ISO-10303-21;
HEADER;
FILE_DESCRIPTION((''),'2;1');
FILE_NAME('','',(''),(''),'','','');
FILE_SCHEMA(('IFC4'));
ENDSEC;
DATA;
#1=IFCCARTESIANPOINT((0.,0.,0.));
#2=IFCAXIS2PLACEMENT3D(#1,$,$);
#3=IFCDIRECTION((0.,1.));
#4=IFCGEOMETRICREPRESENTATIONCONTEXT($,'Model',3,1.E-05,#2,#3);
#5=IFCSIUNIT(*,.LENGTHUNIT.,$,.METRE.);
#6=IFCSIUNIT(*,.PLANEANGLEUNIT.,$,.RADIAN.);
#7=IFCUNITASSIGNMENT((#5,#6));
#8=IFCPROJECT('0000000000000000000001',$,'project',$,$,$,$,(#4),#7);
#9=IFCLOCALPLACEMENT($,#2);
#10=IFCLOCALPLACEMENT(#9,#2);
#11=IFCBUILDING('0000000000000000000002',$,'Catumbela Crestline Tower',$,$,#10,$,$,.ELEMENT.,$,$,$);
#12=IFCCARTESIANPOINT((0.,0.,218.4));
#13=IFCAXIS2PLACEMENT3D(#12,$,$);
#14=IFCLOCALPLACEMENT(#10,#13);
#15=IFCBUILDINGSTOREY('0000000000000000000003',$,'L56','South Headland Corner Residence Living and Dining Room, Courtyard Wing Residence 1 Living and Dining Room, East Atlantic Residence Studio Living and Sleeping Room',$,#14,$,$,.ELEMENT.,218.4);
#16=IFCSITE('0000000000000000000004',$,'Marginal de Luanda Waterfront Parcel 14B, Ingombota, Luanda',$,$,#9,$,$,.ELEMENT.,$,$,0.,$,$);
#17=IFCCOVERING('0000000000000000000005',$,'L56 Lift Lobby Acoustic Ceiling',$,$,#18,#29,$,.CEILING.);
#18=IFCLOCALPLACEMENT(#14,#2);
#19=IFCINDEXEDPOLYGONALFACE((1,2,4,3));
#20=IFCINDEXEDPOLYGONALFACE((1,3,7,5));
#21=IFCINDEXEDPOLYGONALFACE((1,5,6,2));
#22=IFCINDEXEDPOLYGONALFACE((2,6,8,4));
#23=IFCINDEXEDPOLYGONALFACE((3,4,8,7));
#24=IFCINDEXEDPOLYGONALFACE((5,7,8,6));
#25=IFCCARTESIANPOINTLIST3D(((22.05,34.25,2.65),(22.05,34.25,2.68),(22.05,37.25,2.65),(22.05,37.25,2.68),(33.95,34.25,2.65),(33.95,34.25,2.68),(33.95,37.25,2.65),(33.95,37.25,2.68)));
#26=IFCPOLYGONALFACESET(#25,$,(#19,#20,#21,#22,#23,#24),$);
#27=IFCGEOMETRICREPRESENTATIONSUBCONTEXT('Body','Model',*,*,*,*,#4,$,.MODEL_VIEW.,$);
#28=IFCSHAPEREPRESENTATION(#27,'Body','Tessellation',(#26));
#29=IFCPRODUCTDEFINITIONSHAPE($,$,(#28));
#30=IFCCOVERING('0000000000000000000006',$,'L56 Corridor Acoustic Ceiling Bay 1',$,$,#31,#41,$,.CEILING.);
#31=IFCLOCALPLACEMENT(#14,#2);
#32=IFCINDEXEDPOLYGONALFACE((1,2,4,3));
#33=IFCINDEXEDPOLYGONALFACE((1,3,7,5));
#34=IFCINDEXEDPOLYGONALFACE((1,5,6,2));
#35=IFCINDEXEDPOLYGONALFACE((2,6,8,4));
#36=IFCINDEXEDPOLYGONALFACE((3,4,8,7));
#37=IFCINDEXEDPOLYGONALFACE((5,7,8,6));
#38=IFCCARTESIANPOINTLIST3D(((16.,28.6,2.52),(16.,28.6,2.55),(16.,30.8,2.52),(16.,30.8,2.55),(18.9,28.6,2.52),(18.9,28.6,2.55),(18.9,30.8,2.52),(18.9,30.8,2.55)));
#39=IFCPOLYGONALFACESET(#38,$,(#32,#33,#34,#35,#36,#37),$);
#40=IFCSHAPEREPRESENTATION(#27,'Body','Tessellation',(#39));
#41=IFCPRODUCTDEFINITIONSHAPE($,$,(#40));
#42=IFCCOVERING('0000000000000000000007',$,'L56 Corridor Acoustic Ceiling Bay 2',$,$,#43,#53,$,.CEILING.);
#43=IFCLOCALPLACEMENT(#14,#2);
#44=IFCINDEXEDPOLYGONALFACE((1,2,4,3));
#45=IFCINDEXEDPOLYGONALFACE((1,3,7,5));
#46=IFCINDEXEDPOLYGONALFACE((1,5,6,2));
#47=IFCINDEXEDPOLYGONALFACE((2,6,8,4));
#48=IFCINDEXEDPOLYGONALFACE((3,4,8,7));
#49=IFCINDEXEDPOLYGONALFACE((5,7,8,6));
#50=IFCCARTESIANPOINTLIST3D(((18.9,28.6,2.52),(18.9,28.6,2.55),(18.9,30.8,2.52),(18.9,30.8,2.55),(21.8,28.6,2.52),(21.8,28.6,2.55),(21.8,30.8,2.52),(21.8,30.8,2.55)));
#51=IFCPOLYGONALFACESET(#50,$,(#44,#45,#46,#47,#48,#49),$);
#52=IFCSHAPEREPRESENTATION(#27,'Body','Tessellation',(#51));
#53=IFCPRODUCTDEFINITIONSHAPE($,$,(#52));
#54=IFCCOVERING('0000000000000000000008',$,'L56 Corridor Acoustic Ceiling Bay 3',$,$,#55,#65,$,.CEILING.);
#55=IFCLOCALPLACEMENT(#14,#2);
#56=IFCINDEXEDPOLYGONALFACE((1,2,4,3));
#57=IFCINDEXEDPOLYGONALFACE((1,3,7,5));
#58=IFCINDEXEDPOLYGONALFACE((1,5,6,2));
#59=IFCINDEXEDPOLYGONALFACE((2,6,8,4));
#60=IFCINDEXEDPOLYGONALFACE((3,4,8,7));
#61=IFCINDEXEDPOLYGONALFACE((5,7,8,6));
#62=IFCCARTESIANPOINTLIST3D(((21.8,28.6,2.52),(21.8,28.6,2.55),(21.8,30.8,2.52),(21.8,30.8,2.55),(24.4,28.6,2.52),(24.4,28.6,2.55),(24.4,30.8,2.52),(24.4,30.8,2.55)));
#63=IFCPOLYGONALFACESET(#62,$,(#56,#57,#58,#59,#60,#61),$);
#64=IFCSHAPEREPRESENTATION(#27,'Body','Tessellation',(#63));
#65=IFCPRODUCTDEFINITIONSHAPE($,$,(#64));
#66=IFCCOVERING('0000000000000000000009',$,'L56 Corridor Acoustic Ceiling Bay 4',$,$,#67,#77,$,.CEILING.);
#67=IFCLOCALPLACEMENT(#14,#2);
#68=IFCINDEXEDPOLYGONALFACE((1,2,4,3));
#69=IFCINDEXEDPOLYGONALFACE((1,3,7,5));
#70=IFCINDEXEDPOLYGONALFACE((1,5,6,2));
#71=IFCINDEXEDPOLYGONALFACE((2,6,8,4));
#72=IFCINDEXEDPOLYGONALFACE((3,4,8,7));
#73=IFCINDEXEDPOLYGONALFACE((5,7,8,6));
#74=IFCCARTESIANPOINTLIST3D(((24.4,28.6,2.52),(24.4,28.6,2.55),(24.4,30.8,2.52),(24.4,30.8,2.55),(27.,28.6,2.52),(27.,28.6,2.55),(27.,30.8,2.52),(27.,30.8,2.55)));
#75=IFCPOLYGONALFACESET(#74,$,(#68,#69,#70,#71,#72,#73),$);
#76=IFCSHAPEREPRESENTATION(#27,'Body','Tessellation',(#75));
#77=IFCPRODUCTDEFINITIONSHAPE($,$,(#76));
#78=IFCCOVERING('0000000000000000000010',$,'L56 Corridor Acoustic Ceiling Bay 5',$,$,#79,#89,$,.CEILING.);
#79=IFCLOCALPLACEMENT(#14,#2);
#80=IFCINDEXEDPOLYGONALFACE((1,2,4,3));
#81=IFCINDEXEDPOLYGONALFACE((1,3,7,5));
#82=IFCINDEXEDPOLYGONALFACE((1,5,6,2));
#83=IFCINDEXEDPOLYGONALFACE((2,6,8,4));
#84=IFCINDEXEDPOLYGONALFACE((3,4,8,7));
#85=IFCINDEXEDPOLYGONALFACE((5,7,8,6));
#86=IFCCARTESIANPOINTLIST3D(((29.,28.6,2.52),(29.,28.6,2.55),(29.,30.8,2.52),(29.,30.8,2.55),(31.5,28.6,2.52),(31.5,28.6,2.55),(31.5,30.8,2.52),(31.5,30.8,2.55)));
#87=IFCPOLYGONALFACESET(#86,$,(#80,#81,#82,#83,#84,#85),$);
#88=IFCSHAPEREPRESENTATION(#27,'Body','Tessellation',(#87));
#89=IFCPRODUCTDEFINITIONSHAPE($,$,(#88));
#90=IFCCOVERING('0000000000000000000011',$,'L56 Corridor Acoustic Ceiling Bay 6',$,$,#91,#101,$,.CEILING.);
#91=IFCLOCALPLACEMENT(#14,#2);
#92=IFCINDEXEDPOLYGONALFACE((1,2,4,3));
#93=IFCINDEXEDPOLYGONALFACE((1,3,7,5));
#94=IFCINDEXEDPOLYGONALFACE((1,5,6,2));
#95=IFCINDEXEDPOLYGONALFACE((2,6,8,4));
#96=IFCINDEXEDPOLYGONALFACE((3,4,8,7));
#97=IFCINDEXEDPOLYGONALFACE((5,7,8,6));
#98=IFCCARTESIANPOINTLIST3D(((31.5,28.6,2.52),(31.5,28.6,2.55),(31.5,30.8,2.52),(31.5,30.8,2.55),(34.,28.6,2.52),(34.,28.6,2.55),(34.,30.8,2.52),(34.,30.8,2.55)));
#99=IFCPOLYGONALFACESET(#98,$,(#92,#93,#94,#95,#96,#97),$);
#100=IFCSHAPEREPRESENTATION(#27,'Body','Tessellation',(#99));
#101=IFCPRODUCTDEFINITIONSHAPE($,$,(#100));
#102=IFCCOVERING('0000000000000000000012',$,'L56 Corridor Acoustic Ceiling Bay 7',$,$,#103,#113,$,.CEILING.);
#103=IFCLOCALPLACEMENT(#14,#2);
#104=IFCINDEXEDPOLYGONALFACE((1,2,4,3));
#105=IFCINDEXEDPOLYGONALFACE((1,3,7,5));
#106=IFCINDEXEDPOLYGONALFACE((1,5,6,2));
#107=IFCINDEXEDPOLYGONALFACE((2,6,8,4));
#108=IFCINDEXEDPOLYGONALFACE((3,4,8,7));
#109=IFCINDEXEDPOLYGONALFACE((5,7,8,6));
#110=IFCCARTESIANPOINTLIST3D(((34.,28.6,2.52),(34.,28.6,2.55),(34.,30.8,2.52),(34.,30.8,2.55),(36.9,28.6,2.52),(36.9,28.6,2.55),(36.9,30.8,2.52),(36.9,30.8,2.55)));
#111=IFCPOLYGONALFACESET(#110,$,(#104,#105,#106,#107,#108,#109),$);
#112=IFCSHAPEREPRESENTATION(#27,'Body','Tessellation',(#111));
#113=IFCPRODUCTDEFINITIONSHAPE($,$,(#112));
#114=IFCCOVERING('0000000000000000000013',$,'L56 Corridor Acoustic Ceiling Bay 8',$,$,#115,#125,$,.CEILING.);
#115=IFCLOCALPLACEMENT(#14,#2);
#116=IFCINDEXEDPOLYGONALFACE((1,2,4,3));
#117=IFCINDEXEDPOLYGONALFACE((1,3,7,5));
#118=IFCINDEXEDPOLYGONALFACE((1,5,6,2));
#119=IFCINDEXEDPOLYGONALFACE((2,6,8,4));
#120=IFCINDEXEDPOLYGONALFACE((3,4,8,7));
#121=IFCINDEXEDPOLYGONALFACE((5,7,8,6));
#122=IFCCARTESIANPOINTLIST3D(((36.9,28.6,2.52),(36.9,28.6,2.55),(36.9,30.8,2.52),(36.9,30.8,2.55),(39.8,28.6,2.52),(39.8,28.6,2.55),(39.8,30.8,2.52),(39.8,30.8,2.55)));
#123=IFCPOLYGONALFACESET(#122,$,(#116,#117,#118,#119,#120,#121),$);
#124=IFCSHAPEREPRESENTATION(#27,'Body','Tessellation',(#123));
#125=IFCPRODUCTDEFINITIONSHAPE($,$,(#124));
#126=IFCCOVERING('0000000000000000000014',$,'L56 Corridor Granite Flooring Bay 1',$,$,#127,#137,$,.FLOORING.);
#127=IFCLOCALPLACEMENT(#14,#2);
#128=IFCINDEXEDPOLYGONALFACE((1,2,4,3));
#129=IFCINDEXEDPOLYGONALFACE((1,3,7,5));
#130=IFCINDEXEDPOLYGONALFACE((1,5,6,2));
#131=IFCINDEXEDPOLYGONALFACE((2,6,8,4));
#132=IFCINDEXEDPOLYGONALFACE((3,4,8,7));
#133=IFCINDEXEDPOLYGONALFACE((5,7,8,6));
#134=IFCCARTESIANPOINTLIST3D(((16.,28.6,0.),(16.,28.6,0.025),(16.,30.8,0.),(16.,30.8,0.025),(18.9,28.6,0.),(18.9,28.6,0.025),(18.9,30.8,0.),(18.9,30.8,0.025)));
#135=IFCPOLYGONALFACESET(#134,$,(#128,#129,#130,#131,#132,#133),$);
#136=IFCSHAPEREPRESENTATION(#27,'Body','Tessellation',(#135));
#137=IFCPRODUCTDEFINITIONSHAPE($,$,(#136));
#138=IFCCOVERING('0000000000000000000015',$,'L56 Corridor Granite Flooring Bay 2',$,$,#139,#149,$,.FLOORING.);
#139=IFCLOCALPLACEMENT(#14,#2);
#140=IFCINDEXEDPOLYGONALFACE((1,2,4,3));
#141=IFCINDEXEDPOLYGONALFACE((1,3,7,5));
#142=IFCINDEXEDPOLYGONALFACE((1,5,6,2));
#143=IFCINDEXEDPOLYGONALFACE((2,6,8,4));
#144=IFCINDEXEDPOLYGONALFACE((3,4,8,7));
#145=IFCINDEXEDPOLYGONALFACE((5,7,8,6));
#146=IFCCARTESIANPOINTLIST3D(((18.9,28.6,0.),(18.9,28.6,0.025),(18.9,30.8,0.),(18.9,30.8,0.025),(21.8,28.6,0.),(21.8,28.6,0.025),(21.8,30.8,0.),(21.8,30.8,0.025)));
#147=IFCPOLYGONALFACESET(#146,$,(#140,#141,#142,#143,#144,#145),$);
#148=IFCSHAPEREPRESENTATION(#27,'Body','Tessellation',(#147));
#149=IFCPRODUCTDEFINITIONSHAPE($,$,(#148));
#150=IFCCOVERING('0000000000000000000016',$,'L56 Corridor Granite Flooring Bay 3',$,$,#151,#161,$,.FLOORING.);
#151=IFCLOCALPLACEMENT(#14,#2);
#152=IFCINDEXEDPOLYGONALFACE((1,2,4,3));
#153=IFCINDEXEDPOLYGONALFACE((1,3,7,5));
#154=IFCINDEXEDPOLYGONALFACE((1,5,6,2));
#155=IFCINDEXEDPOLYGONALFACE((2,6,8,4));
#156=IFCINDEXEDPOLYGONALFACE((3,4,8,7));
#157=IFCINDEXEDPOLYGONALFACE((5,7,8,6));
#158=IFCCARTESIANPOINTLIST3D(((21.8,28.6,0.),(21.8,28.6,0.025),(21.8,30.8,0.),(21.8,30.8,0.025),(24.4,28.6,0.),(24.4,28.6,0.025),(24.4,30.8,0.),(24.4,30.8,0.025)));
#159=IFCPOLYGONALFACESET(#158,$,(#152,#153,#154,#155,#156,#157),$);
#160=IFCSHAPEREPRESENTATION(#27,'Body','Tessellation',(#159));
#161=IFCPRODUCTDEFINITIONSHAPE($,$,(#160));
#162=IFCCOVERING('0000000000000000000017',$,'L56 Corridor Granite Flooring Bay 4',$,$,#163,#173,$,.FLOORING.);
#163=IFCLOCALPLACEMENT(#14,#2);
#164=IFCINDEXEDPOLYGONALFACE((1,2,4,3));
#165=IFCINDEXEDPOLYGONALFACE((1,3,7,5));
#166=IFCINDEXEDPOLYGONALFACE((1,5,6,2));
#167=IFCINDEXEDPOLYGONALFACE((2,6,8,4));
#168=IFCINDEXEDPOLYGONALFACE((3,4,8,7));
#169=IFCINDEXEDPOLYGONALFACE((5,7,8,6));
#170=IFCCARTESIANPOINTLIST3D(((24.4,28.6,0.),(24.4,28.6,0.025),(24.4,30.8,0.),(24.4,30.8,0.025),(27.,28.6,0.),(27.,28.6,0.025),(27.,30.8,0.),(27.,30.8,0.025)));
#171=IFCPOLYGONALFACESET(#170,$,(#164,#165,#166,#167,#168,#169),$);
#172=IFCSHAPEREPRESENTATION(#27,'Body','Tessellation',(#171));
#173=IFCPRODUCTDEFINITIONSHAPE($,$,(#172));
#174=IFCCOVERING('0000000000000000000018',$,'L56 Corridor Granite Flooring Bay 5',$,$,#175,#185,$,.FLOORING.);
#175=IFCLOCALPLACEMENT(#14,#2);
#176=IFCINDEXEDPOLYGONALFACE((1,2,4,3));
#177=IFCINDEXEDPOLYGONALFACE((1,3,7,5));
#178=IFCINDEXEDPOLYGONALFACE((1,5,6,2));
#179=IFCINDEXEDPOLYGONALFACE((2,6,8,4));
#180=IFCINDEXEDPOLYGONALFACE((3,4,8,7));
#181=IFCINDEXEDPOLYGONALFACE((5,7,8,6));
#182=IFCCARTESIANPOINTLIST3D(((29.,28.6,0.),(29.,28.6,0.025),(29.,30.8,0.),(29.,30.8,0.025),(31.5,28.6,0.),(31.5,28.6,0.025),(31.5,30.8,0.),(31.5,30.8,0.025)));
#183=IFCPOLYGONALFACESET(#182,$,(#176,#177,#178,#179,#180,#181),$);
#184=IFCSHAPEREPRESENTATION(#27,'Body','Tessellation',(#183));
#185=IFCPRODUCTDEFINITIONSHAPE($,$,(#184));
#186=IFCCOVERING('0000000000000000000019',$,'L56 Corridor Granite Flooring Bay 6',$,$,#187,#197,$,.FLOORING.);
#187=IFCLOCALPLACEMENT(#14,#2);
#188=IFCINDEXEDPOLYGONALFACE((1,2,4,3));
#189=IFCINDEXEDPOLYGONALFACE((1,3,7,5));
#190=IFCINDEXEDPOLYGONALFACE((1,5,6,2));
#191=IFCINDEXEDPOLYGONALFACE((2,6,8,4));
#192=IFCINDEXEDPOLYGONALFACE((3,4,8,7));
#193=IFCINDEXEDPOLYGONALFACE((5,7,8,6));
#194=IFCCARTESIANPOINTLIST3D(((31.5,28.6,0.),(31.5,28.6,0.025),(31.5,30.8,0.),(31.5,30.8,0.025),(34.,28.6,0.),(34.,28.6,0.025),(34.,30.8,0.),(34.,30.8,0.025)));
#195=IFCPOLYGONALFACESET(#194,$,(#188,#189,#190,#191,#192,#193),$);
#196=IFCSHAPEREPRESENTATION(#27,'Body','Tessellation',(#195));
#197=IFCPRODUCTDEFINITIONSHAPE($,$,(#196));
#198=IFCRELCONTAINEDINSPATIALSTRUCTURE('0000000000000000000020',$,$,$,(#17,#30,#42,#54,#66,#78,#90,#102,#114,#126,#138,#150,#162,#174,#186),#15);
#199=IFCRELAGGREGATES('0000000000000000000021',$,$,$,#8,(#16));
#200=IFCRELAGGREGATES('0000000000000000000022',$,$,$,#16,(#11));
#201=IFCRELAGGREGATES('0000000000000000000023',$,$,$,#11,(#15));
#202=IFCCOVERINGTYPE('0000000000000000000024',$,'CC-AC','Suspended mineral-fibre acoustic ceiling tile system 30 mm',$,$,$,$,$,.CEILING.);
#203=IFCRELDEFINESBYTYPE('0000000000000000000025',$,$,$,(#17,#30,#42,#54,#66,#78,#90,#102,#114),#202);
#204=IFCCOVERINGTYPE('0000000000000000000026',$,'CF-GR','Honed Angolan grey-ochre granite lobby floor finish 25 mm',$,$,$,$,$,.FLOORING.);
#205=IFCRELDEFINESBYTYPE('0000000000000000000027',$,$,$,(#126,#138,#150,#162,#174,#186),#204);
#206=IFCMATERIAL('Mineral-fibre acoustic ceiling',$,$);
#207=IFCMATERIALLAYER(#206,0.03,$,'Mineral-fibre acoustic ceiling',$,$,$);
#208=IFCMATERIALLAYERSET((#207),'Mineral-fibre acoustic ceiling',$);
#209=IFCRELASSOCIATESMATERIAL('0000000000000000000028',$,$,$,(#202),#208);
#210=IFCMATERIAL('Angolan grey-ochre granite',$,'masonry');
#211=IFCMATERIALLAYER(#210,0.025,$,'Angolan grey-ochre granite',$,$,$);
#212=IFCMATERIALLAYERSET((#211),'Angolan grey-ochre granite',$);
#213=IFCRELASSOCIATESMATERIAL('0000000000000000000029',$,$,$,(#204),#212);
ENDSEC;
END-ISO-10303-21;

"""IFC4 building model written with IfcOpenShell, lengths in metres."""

from ifc_helpers import new_model, si_unit, direction, frame, origin, place, context, subcontext, project, spatial, polyline, outline, extrude, material, layer, layer_set, type_object, element, save


model = new_model("IFC4")

# Units and contexts
model_context = context("Model", 3, precision=1e-05, world=origin(), true_north=direction((0.0, 1.0)))
body_context = subcontext(model_context, "Body", "Model", "MODEL_VIEW")
ifc_project = project(units=[si_unit("LENGTHUNIT", "METRE"), si_unit("PLANEANGLEUNIT", "RADIAN")], contexts=[model_context])

# Site, building, storey
site_placement = place(None, origin())
site = spatial("IfcSite", under=ifc_project, at=site_placement, Name="Marginal de Luanda Waterfront Parcel 14B, Ingombota, Luanda", CompositionType="ELEMENT", RefElevation=0.0)
building_placement = place(site_placement, origin())
building = spatial("IfcBuilding", under=site, at=building_placement, Name="Catumbela Crestline Tower", CompositionType="ELEMENT")
storey_placement = place(building_placement, frame((0.0, 0.0, 218.4)))
storey = spatial("IfcBuildingStorey", under=building, at=storey_placement, Name="L56", Description="South Headland Corner Residence Living and Dining Room, Courtyard Wing Residence 1 Living and Dining Room, East Atlantic Residence Studio Living and Sleeping Room", CompositionType="ELEMENT", Elevation=218.4)

# Shared definitions
ifc_material_1 = material(Name="Angolan grey-ochre granite", Category="masonry")

# Coverings
ifc_material_2 = material(Name="Mineral-fibre acoustic ceiling")
ifc_layer_1 = layer(ifc_material_2, 0.03, Name="Mineral-fibre acoustic ceiling")
ifc_layer_set_1 = layer_set([ifc_layer_1], Name="Mineral-fibre acoustic ceiling")
covering_type_1 = type_object("IfcCoveringType", Name="CC-AC", Description="Suspended mineral-fibre acoustic ceiling tile system 30 mm", PredefinedType="CEILING", material=ifc_layer_set_1)
covering_1_placement = place(storey_placement, frame((0.0, 0.0, 2.65)))
element("IfcCovering", 1, at=covering_1_placement, inside=storey, type_object=covering_type_1, Name="L56 Lift Lobby Acoustic Ceiling", PredefinedType="CEILING", context=body_context, shape_type="SweptSolid", body=[
    extrude(outline(polyline([(22.05, 34.25), (33.95, 34.25), (33.95, 37.25), (22.05, 37.25), (22.05, 34.25)])), origin(), (0.0, 0.0, 1.0), 0.03),
])
covering_2_placement = place(storey_placement, frame((0.0, 0.0, 2.52)))
element("IfcCovering", 2, at=covering_2_placement, inside=storey, type_object=covering_type_1, Name="L56 Corridor Acoustic Ceiling Bay 1", PredefinedType="CEILING", context=body_context, shape_type="SweptSolid", body=[
    extrude(outline(polyline([(16.0, 28.6), (18.9, 28.6), (18.9, 30.8), (16.0, 30.8), (16.0, 28.6)])), origin(), (0.0, 0.0, 1.0), 0.03),
])
covering_3_placement = place(storey_placement, frame((0.0, 0.0, 2.52)))
element("IfcCovering", 3, at=covering_3_placement, inside=storey, type_object=covering_type_1, Name="L56 Corridor Acoustic Ceiling Bay 2", PredefinedType="CEILING", context=body_context, shape_type="SweptSolid", body=[
    extrude(outline(polyline([(18.9, 28.6), (21.8, 28.6), (21.8, 30.8), (18.9, 30.8), (18.9, 28.6)])), origin(), (0.0, 0.0, 1.0), 0.03),
])
covering_4_placement = place(storey_placement, frame((0.0, 0.0, 2.52)))
element("IfcCovering", 4, at=covering_4_placement, inside=storey, type_object=covering_type_1, Name="L56 Corridor Acoustic Ceiling Bay 3", PredefinedType="CEILING", context=body_context, shape_type="SweptSolid", body=[
    extrude(outline(polyline([(21.8, 28.6), (24.4, 28.6), (24.4, 30.8), (21.8, 30.8), (21.8, 28.6)])), origin(), (0.0, 0.0, 1.0), 0.03),
])
covering_5_placement = place(storey_placement, frame((0.0, 0.0, 2.52)))
element("IfcCovering", 5, at=covering_5_placement, inside=storey, type_object=covering_type_1, Name="L56 Corridor Acoustic Ceiling Bay 4", PredefinedType="CEILING", context=body_context, shape_type="SweptSolid", body=[
    extrude(outline(polyline([(24.4, 28.6), (27.0, 28.6), (27.0, 30.8), (24.4, 30.8), (24.4, 28.6)])), origin(), (0.0, 0.0, 1.0), 0.03),
])
covering_6_placement = place(storey_placement, frame((0.0, 0.0, 2.52)))
element("IfcCovering", 6, at=covering_6_placement, inside=storey, type_object=covering_type_1, Name="L56 Corridor Acoustic Ceiling Bay 5", PredefinedType="CEILING", context=body_context, shape_type="SweptSolid", body=[
    extrude(outline(polyline([(29.0, 28.6), (31.5, 28.6), (31.5, 30.8), (29.0, 30.8), (29.0, 28.6)])), origin(), (0.0, 0.0, 1.0), 0.03),
])
covering_7_placement = place(storey_placement, frame((0.0, 0.0, 2.52)))
element("IfcCovering", 7, at=covering_7_placement, inside=storey, type_object=covering_type_1, Name="L56 Corridor Acoustic Ceiling Bay 6", PredefinedType="CEILING", context=body_context, shape_type="SweptSolid", body=[
    extrude(outline(polyline([(31.5, 28.6), (34.0, 28.6), (34.0, 30.8), (31.5, 30.8), (31.5, 28.6)])), origin(), (0.0, 0.0, 1.0), 0.03),
])
covering_8_placement = place(storey_placement, frame((0.0, 0.0, 2.52)))
element("IfcCovering", 8, at=covering_8_placement, inside=storey, type_object=covering_type_1, Name="L56 Corridor Acoustic Ceiling Bay 7", PredefinedType="CEILING", context=body_context, shape_type="SweptSolid", body=[
    extrude(outline(polyline([(34.0, 28.6), (36.9, 28.6), (36.9, 30.8), (34.0, 30.8), (34.0, 28.6)])), origin(), (0.0, 0.0, 1.0), 0.03),
])
covering_9_placement = place(storey_placement, frame((0.0, 0.0, 2.52)))
element("IfcCovering", 9, at=covering_9_placement, inside=storey, type_object=covering_type_1, Name="L56 Corridor Acoustic Ceiling Bay 8", PredefinedType="CEILING", context=body_context, shape_type="SweptSolid", body=[
    extrude(outline(polyline([(36.9, 28.6), (39.8, 28.6), (39.8, 30.8), (36.9, 30.8), (36.9, 28.6)])), origin(), (0.0, 0.0, 1.0), 0.03),
])
ifc_layer_2 = layer(ifc_material_1, 0.025, Name="Angolan grey-ochre granite")
ifc_layer_set_2 = layer_set([ifc_layer_2], Name="Angolan grey-ochre granite")
covering_type_2 = type_object("IfcCoveringType", Name="CF-GR", Description="Honed Angolan grey-ochre granite lobby floor finish 25 mm", PredefinedType="FLOORING", material=ifc_layer_set_2)
covering_10_placement = place(storey_placement, origin())
element("IfcCovering", 10, at=covering_10_placement, inside=storey, type_object=covering_type_2, Name="L56 Corridor Granite Flooring Bay 1", PredefinedType="FLOORING", context=body_context, shape_type="SweptSolid", body=[
    extrude(outline(polyline([(16.0, 28.6), (18.9, 28.6), (18.9, 30.8), (16.0, 30.8), (16.0, 28.6)])), origin(), (0.0, 0.0, 1.0), 0.025),
])
covering_11_placement = place(storey_placement, origin())
element("IfcCovering", 11, at=covering_11_placement, inside=storey, type_object=covering_type_2, Name="L56 Corridor Granite Flooring Bay 2", PredefinedType="FLOORING", context=body_context, shape_type="SweptSolid", body=[
    extrude(outline(polyline([(18.9, 28.6), (21.8, 28.6), (21.8, 30.8), (18.9, 30.8), (18.9, 28.6)])), origin(), (0.0, 0.0, 1.0), 0.025),
])
covering_12_placement = place(storey_placement, origin())
element("IfcCovering", 12, at=covering_12_placement, inside=storey, type_object=covering_type_2, Name="L56 Corridor Granite Flooring Bay 3", PredefinedType="FLOORING", context=body_context, shape_type="SweptSolid", body=[
    extrude(outline(polyline([(21.8, 28.6), (24.4, 28.6), (24.4, 30.8), (21.8, 30.8), (21.8, 28.6)])), origin(), (0.0, 0.0, 1.0), 0.025),
])
covering_13_placement = place(storey_placement, origin())
element("IfcCovering", 13, at=covering_13_placement, inside=storey, type_object=covering_type_2, Name="L56 Corridor Granite Flooring Bay 4", PredefinedType="FLOORING", context=body_context, shape_type="SweptSolid", body=[
    extrude(outline(polyline([(24.4, 28.6), (27.0, 28.6), (27.0, 30.8), (24.4, 30.8), (24.4, 28.6)])), origin(), (0.0, 0.0, 1.0), 0.025),
])
covering_14_placement = place(storey_placement, origin())
element("IfcCovering", 14, at=covering_14_placement, inside=storey, type_object=covering_type_2, Name="L56 Corridor Granite Flooring Bay 5", PredefinedType="FLOORING", context=body_context, shape_type="SweptSolid", body=[
    extrude(outline(polyline([(29.0, 28.6), (31.5, 28.6), (31.5, 30.8), (29.0, 30.8), (29.0, 28.6)])), origin(), (0.0, 0.0, 1.0), 0.025),
])
covering_15_placement = place(storey_placement, origin())
element("IfcCovering", 15, at=covering_15_placement, inside=storey, type_object=covering_type_2, Name="L56 Corridor Granite Flooring Bay 6", PredefinedType="FLOORING", context=body_context, shape_type="SweptSolid", body=[
    extrude(outline(polyline([(31.5, 28.6), (34.0, 28.6), (34.0, 30.8), (31.5, 30.8), (31.5, 28.6)])), origin(), (0.0, 0.0, 1.0), 0.025),
])

save(model, "model.ifc")
